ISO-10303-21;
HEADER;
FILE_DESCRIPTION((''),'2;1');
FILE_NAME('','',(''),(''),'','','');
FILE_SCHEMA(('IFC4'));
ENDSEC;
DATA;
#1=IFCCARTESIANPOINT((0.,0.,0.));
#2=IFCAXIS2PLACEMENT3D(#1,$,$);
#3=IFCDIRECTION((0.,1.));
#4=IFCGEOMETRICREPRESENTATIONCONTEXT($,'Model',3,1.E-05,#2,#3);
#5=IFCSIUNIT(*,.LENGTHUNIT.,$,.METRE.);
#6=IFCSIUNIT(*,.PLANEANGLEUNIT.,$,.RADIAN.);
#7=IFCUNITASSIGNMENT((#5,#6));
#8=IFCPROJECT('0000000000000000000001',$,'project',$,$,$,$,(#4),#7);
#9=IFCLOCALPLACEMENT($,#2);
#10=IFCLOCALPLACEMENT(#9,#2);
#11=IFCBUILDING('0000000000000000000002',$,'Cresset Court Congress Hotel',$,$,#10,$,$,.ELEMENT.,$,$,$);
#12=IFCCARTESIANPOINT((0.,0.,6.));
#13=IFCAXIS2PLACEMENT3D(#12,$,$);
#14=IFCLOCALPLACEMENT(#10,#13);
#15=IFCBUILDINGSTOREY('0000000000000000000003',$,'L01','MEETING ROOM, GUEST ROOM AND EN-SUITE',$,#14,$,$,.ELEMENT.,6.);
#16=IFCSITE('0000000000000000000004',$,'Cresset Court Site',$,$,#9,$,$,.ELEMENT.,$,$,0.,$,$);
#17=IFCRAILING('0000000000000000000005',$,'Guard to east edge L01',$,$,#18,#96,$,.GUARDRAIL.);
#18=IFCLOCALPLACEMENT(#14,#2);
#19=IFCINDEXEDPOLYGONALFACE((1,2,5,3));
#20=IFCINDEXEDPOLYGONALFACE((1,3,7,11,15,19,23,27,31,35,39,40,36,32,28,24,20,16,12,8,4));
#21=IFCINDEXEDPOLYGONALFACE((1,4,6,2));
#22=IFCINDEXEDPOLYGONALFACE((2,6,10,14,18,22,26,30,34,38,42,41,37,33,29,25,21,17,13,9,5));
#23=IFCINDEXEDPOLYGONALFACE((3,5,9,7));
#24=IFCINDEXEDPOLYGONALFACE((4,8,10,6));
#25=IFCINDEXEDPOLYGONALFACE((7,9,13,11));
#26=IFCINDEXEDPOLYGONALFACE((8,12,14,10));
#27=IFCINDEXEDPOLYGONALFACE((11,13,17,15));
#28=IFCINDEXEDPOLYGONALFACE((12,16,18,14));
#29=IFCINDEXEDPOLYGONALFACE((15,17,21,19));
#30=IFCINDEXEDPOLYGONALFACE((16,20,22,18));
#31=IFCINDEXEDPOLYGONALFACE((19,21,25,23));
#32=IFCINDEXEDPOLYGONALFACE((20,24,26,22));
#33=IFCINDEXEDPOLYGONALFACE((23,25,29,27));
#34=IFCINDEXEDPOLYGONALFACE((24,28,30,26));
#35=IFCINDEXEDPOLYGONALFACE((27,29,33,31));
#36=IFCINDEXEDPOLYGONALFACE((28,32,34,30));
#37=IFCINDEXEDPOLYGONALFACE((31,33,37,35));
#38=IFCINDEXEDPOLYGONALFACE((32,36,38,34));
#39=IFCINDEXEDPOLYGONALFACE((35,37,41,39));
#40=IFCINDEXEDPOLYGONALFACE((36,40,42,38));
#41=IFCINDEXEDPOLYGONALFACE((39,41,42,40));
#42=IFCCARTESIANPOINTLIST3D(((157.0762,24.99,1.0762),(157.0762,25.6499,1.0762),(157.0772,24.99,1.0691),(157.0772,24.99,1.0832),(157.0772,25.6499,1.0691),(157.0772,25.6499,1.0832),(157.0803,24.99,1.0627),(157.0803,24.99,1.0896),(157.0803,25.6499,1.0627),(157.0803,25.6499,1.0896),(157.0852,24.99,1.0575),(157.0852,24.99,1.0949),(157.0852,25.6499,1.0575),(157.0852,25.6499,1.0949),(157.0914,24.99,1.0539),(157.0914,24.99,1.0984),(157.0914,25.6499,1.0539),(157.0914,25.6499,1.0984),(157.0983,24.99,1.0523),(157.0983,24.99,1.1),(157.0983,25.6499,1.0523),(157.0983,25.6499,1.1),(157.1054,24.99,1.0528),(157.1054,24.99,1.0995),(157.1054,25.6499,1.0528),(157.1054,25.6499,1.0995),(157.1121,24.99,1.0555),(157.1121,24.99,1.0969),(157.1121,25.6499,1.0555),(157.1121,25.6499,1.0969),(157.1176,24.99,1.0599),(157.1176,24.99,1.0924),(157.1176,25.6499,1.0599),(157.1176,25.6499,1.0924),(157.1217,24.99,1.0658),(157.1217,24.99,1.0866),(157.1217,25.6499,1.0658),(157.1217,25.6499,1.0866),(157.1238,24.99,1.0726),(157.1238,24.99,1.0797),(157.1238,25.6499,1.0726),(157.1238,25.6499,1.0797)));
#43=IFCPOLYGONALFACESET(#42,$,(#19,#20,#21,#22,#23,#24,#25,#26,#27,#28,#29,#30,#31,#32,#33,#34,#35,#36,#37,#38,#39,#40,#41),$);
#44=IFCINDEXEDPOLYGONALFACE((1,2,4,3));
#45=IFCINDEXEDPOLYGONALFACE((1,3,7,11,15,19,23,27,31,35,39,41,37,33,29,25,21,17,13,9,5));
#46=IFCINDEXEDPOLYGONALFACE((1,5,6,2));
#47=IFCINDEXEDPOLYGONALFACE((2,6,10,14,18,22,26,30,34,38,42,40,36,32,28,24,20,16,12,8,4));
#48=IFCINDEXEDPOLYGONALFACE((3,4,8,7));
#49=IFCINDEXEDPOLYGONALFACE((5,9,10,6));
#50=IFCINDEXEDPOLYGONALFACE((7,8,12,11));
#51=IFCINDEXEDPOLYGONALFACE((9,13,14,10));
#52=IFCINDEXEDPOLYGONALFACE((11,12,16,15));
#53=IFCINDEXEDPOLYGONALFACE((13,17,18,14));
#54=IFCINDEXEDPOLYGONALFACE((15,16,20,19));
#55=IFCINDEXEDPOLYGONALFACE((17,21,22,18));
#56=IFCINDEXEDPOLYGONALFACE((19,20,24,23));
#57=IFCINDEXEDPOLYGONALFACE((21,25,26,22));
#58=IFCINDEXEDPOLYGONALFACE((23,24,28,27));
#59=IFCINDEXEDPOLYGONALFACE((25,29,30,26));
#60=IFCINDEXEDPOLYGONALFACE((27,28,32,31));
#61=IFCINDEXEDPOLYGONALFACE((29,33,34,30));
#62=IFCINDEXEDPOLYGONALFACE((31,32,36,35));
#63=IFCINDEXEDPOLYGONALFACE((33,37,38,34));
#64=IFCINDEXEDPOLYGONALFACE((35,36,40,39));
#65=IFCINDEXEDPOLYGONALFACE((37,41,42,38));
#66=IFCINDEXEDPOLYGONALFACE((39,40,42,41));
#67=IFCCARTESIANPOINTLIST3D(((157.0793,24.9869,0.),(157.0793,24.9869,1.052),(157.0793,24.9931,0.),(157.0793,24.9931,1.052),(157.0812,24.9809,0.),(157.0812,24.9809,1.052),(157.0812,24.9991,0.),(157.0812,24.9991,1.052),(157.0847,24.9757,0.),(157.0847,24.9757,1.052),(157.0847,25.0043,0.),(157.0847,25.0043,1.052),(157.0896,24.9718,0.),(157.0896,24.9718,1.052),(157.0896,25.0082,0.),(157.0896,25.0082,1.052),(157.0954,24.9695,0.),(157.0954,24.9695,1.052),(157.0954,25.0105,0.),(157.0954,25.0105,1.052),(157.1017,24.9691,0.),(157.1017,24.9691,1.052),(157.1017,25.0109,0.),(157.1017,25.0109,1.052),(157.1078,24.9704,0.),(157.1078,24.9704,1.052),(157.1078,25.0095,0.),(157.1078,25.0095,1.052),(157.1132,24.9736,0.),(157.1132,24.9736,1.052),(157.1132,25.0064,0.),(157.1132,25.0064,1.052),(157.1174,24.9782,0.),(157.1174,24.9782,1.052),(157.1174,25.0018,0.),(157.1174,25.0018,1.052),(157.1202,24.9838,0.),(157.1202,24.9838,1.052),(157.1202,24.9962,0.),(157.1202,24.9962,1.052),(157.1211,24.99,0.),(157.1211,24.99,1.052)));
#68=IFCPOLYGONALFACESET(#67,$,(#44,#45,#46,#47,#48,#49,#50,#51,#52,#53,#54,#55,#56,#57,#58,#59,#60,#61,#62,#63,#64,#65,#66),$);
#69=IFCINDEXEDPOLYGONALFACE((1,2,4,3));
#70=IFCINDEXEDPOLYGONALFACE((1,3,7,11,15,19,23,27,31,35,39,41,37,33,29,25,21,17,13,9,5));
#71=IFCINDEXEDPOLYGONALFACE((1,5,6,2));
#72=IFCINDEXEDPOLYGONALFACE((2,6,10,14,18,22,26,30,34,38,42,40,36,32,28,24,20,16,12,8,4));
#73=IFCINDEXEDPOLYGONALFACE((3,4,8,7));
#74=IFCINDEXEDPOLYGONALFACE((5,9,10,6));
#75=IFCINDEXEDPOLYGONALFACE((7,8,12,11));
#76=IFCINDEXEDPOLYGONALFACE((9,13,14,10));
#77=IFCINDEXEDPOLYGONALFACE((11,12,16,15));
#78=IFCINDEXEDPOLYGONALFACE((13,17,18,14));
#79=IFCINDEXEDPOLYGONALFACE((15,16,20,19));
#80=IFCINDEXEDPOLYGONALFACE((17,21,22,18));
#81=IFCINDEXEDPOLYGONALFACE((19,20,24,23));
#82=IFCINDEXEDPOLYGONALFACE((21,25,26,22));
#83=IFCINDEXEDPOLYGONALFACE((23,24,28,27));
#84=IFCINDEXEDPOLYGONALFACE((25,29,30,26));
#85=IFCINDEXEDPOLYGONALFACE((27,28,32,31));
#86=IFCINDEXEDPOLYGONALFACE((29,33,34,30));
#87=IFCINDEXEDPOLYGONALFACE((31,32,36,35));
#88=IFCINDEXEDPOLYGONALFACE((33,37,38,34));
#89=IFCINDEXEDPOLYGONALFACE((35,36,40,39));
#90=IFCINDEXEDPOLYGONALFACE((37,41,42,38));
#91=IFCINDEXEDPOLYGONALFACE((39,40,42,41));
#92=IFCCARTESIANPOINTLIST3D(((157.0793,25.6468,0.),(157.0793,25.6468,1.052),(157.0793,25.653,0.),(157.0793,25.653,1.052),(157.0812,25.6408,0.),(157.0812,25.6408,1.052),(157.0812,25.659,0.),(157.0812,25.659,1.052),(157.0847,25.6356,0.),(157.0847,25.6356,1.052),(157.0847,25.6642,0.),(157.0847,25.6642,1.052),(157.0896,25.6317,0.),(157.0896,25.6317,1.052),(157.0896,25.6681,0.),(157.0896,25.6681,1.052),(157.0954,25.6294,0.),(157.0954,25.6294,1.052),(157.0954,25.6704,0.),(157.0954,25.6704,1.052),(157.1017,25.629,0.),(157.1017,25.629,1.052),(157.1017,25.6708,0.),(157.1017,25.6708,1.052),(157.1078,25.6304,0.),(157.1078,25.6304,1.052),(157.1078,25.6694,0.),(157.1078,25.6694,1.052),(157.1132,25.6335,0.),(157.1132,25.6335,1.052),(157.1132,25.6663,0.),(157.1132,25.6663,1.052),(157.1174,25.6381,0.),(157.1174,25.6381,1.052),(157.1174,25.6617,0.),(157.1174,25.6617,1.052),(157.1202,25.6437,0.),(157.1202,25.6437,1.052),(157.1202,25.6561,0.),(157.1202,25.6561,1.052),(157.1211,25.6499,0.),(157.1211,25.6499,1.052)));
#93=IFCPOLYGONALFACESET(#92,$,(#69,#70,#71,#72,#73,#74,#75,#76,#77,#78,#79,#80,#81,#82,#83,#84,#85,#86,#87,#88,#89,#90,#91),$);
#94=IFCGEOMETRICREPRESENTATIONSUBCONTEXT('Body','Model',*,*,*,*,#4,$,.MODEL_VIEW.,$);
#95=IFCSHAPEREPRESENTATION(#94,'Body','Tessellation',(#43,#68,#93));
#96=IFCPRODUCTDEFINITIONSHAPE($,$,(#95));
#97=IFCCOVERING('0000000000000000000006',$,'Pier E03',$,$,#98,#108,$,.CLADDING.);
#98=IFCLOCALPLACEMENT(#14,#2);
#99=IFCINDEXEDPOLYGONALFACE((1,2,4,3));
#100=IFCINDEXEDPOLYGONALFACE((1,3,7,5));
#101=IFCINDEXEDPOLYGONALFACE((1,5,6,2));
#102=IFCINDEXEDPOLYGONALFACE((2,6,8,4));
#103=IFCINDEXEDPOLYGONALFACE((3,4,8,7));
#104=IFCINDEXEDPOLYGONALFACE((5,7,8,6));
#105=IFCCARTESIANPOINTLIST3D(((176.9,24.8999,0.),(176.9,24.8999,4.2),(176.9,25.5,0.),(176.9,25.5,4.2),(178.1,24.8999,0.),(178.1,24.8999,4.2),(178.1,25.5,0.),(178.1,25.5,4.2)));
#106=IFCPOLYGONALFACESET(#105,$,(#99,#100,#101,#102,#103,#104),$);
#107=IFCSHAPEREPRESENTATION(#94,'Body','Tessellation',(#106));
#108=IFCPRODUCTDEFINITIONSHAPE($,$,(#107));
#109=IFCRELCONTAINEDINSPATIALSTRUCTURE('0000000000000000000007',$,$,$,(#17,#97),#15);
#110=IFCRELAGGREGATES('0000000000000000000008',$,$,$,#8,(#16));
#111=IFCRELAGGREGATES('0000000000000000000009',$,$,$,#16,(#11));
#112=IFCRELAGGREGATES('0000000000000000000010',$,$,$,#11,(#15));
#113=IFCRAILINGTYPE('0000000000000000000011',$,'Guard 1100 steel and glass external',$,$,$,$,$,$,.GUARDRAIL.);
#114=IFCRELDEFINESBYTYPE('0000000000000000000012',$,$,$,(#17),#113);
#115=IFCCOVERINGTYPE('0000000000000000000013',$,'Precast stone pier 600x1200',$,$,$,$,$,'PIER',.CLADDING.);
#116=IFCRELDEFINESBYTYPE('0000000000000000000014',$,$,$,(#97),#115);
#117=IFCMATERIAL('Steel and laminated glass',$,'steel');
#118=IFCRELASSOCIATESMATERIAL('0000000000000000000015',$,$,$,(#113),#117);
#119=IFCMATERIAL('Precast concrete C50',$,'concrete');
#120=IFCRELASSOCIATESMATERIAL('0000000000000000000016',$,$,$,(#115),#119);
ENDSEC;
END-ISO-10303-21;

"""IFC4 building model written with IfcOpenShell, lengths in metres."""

from ifc_helpers import new_model, si_unit, direction, frame, origin, origin_2d, place, context, subcontext, project, spatial, rectangle, circle, extrude, material, type_object, element, save


model = new_model("IFC4")

# Units and contexts
model_context = context("Model", 3, precision=1e-05, world=origin(), true_north=direction((0.0, 1.0)))
body_context = subcontext(model_context, "Body", "Model", "MODEL_VIEW")
ifc_project = project(units=[si_unit("LENGTHUNIT", "METRE"), si_unit("PLANEANGLEUNIT", "RADIAN")], contexts=[model_context])

# Site, building, storey
site_placement = place(None, origin())
site = spatial("IfcSite", under=ifc_project, at=site_placement, Name="Cresset Court Site", CompositionType="ELEMENT", RefElevation=0.0)
building_placement = place(site_placement, origin())
building = spatial("IfcBuilding", under=site, at=building_placement, Name="Cresset Court Congress Hotel", CompositionType="ELEMENT")
storey_placement = place(building_placement, frame((0.0, 0.0, 6.0)))
storey = spatial("IfcBuildingStorey", under=building, at=storey_placement, Name="L01", Description="MEETING ROOM, GUEST ROOM AND EN-SUITE", CompositionType="ELEMENT", Elevation=6.0)

# Railing
ifc_material_1 = material(Name="Steel and laminated glass", Category="steel")
railing_type_1 = type_object("IfcRailingType", Name="Guard 1100 steel and glass external", PredefinedType="GUARDRAIL", material=ifc_material_1)
railing_1_placement = place(storey_placement, frame((157.1001, 24.99, 0.0)))
element("IfcRailing", 1, at=railing_1_placement, inside=storey, type_object=railing_type_1, Name="Guard to east edge L01", PredefinedType="GUARDRAIL", context=body_context, shape_type="SweptSolid", body=[
    extrude(circle(Radius=0.0239, at=origin_2d()), frame((0.0, 0.0, 1.0762), z_axis=(0.0, 1.0, 0.0), x_axis=(-1.0, 0.0, 0.0)), (0.0, 0.0, 1.0), 0.6599),
    extrude(circle(Radius=0.021, at=origin_2d()), origin(), (0.0, 0.0, 1.0), 1.052),
    extrude(circle(Radius=0.021, at=origin_2d()), frame((0.0, 0.6599, 0.0)), (0.0, 0.0, 1.0), 1.052),
])

# Covering
ifc_material_2 = material(Name="Precast concrete C50", Category="concrete")
covering_type = type_object("IfcCoveringType", Name="Precast stone pier 600x1200", ElementType="PIER", PredefinedType="CLADDING", material=ifc_material_2)
covering_placement = place(storey_placement, frame((177.5, 25.2, 0.0), z_axis=(0.0, 0.0, 1.0), x_axis=(1.0, 0.0, 0.0)))
element("IfcCovering", 2, at=covering_placement, inside=storey, type_object=covering_type, Name="Pier E03", PredefinedType="CLADDING", context=body_context, shape_type="SweptSolid", body=[
    extrude(rectangle(XDim=1.2, YDim=0.6001, at=origin_2d()), origin(), (0.0, 0.0, 1.0), 4.2),
])

save(model, "model.ifc")
